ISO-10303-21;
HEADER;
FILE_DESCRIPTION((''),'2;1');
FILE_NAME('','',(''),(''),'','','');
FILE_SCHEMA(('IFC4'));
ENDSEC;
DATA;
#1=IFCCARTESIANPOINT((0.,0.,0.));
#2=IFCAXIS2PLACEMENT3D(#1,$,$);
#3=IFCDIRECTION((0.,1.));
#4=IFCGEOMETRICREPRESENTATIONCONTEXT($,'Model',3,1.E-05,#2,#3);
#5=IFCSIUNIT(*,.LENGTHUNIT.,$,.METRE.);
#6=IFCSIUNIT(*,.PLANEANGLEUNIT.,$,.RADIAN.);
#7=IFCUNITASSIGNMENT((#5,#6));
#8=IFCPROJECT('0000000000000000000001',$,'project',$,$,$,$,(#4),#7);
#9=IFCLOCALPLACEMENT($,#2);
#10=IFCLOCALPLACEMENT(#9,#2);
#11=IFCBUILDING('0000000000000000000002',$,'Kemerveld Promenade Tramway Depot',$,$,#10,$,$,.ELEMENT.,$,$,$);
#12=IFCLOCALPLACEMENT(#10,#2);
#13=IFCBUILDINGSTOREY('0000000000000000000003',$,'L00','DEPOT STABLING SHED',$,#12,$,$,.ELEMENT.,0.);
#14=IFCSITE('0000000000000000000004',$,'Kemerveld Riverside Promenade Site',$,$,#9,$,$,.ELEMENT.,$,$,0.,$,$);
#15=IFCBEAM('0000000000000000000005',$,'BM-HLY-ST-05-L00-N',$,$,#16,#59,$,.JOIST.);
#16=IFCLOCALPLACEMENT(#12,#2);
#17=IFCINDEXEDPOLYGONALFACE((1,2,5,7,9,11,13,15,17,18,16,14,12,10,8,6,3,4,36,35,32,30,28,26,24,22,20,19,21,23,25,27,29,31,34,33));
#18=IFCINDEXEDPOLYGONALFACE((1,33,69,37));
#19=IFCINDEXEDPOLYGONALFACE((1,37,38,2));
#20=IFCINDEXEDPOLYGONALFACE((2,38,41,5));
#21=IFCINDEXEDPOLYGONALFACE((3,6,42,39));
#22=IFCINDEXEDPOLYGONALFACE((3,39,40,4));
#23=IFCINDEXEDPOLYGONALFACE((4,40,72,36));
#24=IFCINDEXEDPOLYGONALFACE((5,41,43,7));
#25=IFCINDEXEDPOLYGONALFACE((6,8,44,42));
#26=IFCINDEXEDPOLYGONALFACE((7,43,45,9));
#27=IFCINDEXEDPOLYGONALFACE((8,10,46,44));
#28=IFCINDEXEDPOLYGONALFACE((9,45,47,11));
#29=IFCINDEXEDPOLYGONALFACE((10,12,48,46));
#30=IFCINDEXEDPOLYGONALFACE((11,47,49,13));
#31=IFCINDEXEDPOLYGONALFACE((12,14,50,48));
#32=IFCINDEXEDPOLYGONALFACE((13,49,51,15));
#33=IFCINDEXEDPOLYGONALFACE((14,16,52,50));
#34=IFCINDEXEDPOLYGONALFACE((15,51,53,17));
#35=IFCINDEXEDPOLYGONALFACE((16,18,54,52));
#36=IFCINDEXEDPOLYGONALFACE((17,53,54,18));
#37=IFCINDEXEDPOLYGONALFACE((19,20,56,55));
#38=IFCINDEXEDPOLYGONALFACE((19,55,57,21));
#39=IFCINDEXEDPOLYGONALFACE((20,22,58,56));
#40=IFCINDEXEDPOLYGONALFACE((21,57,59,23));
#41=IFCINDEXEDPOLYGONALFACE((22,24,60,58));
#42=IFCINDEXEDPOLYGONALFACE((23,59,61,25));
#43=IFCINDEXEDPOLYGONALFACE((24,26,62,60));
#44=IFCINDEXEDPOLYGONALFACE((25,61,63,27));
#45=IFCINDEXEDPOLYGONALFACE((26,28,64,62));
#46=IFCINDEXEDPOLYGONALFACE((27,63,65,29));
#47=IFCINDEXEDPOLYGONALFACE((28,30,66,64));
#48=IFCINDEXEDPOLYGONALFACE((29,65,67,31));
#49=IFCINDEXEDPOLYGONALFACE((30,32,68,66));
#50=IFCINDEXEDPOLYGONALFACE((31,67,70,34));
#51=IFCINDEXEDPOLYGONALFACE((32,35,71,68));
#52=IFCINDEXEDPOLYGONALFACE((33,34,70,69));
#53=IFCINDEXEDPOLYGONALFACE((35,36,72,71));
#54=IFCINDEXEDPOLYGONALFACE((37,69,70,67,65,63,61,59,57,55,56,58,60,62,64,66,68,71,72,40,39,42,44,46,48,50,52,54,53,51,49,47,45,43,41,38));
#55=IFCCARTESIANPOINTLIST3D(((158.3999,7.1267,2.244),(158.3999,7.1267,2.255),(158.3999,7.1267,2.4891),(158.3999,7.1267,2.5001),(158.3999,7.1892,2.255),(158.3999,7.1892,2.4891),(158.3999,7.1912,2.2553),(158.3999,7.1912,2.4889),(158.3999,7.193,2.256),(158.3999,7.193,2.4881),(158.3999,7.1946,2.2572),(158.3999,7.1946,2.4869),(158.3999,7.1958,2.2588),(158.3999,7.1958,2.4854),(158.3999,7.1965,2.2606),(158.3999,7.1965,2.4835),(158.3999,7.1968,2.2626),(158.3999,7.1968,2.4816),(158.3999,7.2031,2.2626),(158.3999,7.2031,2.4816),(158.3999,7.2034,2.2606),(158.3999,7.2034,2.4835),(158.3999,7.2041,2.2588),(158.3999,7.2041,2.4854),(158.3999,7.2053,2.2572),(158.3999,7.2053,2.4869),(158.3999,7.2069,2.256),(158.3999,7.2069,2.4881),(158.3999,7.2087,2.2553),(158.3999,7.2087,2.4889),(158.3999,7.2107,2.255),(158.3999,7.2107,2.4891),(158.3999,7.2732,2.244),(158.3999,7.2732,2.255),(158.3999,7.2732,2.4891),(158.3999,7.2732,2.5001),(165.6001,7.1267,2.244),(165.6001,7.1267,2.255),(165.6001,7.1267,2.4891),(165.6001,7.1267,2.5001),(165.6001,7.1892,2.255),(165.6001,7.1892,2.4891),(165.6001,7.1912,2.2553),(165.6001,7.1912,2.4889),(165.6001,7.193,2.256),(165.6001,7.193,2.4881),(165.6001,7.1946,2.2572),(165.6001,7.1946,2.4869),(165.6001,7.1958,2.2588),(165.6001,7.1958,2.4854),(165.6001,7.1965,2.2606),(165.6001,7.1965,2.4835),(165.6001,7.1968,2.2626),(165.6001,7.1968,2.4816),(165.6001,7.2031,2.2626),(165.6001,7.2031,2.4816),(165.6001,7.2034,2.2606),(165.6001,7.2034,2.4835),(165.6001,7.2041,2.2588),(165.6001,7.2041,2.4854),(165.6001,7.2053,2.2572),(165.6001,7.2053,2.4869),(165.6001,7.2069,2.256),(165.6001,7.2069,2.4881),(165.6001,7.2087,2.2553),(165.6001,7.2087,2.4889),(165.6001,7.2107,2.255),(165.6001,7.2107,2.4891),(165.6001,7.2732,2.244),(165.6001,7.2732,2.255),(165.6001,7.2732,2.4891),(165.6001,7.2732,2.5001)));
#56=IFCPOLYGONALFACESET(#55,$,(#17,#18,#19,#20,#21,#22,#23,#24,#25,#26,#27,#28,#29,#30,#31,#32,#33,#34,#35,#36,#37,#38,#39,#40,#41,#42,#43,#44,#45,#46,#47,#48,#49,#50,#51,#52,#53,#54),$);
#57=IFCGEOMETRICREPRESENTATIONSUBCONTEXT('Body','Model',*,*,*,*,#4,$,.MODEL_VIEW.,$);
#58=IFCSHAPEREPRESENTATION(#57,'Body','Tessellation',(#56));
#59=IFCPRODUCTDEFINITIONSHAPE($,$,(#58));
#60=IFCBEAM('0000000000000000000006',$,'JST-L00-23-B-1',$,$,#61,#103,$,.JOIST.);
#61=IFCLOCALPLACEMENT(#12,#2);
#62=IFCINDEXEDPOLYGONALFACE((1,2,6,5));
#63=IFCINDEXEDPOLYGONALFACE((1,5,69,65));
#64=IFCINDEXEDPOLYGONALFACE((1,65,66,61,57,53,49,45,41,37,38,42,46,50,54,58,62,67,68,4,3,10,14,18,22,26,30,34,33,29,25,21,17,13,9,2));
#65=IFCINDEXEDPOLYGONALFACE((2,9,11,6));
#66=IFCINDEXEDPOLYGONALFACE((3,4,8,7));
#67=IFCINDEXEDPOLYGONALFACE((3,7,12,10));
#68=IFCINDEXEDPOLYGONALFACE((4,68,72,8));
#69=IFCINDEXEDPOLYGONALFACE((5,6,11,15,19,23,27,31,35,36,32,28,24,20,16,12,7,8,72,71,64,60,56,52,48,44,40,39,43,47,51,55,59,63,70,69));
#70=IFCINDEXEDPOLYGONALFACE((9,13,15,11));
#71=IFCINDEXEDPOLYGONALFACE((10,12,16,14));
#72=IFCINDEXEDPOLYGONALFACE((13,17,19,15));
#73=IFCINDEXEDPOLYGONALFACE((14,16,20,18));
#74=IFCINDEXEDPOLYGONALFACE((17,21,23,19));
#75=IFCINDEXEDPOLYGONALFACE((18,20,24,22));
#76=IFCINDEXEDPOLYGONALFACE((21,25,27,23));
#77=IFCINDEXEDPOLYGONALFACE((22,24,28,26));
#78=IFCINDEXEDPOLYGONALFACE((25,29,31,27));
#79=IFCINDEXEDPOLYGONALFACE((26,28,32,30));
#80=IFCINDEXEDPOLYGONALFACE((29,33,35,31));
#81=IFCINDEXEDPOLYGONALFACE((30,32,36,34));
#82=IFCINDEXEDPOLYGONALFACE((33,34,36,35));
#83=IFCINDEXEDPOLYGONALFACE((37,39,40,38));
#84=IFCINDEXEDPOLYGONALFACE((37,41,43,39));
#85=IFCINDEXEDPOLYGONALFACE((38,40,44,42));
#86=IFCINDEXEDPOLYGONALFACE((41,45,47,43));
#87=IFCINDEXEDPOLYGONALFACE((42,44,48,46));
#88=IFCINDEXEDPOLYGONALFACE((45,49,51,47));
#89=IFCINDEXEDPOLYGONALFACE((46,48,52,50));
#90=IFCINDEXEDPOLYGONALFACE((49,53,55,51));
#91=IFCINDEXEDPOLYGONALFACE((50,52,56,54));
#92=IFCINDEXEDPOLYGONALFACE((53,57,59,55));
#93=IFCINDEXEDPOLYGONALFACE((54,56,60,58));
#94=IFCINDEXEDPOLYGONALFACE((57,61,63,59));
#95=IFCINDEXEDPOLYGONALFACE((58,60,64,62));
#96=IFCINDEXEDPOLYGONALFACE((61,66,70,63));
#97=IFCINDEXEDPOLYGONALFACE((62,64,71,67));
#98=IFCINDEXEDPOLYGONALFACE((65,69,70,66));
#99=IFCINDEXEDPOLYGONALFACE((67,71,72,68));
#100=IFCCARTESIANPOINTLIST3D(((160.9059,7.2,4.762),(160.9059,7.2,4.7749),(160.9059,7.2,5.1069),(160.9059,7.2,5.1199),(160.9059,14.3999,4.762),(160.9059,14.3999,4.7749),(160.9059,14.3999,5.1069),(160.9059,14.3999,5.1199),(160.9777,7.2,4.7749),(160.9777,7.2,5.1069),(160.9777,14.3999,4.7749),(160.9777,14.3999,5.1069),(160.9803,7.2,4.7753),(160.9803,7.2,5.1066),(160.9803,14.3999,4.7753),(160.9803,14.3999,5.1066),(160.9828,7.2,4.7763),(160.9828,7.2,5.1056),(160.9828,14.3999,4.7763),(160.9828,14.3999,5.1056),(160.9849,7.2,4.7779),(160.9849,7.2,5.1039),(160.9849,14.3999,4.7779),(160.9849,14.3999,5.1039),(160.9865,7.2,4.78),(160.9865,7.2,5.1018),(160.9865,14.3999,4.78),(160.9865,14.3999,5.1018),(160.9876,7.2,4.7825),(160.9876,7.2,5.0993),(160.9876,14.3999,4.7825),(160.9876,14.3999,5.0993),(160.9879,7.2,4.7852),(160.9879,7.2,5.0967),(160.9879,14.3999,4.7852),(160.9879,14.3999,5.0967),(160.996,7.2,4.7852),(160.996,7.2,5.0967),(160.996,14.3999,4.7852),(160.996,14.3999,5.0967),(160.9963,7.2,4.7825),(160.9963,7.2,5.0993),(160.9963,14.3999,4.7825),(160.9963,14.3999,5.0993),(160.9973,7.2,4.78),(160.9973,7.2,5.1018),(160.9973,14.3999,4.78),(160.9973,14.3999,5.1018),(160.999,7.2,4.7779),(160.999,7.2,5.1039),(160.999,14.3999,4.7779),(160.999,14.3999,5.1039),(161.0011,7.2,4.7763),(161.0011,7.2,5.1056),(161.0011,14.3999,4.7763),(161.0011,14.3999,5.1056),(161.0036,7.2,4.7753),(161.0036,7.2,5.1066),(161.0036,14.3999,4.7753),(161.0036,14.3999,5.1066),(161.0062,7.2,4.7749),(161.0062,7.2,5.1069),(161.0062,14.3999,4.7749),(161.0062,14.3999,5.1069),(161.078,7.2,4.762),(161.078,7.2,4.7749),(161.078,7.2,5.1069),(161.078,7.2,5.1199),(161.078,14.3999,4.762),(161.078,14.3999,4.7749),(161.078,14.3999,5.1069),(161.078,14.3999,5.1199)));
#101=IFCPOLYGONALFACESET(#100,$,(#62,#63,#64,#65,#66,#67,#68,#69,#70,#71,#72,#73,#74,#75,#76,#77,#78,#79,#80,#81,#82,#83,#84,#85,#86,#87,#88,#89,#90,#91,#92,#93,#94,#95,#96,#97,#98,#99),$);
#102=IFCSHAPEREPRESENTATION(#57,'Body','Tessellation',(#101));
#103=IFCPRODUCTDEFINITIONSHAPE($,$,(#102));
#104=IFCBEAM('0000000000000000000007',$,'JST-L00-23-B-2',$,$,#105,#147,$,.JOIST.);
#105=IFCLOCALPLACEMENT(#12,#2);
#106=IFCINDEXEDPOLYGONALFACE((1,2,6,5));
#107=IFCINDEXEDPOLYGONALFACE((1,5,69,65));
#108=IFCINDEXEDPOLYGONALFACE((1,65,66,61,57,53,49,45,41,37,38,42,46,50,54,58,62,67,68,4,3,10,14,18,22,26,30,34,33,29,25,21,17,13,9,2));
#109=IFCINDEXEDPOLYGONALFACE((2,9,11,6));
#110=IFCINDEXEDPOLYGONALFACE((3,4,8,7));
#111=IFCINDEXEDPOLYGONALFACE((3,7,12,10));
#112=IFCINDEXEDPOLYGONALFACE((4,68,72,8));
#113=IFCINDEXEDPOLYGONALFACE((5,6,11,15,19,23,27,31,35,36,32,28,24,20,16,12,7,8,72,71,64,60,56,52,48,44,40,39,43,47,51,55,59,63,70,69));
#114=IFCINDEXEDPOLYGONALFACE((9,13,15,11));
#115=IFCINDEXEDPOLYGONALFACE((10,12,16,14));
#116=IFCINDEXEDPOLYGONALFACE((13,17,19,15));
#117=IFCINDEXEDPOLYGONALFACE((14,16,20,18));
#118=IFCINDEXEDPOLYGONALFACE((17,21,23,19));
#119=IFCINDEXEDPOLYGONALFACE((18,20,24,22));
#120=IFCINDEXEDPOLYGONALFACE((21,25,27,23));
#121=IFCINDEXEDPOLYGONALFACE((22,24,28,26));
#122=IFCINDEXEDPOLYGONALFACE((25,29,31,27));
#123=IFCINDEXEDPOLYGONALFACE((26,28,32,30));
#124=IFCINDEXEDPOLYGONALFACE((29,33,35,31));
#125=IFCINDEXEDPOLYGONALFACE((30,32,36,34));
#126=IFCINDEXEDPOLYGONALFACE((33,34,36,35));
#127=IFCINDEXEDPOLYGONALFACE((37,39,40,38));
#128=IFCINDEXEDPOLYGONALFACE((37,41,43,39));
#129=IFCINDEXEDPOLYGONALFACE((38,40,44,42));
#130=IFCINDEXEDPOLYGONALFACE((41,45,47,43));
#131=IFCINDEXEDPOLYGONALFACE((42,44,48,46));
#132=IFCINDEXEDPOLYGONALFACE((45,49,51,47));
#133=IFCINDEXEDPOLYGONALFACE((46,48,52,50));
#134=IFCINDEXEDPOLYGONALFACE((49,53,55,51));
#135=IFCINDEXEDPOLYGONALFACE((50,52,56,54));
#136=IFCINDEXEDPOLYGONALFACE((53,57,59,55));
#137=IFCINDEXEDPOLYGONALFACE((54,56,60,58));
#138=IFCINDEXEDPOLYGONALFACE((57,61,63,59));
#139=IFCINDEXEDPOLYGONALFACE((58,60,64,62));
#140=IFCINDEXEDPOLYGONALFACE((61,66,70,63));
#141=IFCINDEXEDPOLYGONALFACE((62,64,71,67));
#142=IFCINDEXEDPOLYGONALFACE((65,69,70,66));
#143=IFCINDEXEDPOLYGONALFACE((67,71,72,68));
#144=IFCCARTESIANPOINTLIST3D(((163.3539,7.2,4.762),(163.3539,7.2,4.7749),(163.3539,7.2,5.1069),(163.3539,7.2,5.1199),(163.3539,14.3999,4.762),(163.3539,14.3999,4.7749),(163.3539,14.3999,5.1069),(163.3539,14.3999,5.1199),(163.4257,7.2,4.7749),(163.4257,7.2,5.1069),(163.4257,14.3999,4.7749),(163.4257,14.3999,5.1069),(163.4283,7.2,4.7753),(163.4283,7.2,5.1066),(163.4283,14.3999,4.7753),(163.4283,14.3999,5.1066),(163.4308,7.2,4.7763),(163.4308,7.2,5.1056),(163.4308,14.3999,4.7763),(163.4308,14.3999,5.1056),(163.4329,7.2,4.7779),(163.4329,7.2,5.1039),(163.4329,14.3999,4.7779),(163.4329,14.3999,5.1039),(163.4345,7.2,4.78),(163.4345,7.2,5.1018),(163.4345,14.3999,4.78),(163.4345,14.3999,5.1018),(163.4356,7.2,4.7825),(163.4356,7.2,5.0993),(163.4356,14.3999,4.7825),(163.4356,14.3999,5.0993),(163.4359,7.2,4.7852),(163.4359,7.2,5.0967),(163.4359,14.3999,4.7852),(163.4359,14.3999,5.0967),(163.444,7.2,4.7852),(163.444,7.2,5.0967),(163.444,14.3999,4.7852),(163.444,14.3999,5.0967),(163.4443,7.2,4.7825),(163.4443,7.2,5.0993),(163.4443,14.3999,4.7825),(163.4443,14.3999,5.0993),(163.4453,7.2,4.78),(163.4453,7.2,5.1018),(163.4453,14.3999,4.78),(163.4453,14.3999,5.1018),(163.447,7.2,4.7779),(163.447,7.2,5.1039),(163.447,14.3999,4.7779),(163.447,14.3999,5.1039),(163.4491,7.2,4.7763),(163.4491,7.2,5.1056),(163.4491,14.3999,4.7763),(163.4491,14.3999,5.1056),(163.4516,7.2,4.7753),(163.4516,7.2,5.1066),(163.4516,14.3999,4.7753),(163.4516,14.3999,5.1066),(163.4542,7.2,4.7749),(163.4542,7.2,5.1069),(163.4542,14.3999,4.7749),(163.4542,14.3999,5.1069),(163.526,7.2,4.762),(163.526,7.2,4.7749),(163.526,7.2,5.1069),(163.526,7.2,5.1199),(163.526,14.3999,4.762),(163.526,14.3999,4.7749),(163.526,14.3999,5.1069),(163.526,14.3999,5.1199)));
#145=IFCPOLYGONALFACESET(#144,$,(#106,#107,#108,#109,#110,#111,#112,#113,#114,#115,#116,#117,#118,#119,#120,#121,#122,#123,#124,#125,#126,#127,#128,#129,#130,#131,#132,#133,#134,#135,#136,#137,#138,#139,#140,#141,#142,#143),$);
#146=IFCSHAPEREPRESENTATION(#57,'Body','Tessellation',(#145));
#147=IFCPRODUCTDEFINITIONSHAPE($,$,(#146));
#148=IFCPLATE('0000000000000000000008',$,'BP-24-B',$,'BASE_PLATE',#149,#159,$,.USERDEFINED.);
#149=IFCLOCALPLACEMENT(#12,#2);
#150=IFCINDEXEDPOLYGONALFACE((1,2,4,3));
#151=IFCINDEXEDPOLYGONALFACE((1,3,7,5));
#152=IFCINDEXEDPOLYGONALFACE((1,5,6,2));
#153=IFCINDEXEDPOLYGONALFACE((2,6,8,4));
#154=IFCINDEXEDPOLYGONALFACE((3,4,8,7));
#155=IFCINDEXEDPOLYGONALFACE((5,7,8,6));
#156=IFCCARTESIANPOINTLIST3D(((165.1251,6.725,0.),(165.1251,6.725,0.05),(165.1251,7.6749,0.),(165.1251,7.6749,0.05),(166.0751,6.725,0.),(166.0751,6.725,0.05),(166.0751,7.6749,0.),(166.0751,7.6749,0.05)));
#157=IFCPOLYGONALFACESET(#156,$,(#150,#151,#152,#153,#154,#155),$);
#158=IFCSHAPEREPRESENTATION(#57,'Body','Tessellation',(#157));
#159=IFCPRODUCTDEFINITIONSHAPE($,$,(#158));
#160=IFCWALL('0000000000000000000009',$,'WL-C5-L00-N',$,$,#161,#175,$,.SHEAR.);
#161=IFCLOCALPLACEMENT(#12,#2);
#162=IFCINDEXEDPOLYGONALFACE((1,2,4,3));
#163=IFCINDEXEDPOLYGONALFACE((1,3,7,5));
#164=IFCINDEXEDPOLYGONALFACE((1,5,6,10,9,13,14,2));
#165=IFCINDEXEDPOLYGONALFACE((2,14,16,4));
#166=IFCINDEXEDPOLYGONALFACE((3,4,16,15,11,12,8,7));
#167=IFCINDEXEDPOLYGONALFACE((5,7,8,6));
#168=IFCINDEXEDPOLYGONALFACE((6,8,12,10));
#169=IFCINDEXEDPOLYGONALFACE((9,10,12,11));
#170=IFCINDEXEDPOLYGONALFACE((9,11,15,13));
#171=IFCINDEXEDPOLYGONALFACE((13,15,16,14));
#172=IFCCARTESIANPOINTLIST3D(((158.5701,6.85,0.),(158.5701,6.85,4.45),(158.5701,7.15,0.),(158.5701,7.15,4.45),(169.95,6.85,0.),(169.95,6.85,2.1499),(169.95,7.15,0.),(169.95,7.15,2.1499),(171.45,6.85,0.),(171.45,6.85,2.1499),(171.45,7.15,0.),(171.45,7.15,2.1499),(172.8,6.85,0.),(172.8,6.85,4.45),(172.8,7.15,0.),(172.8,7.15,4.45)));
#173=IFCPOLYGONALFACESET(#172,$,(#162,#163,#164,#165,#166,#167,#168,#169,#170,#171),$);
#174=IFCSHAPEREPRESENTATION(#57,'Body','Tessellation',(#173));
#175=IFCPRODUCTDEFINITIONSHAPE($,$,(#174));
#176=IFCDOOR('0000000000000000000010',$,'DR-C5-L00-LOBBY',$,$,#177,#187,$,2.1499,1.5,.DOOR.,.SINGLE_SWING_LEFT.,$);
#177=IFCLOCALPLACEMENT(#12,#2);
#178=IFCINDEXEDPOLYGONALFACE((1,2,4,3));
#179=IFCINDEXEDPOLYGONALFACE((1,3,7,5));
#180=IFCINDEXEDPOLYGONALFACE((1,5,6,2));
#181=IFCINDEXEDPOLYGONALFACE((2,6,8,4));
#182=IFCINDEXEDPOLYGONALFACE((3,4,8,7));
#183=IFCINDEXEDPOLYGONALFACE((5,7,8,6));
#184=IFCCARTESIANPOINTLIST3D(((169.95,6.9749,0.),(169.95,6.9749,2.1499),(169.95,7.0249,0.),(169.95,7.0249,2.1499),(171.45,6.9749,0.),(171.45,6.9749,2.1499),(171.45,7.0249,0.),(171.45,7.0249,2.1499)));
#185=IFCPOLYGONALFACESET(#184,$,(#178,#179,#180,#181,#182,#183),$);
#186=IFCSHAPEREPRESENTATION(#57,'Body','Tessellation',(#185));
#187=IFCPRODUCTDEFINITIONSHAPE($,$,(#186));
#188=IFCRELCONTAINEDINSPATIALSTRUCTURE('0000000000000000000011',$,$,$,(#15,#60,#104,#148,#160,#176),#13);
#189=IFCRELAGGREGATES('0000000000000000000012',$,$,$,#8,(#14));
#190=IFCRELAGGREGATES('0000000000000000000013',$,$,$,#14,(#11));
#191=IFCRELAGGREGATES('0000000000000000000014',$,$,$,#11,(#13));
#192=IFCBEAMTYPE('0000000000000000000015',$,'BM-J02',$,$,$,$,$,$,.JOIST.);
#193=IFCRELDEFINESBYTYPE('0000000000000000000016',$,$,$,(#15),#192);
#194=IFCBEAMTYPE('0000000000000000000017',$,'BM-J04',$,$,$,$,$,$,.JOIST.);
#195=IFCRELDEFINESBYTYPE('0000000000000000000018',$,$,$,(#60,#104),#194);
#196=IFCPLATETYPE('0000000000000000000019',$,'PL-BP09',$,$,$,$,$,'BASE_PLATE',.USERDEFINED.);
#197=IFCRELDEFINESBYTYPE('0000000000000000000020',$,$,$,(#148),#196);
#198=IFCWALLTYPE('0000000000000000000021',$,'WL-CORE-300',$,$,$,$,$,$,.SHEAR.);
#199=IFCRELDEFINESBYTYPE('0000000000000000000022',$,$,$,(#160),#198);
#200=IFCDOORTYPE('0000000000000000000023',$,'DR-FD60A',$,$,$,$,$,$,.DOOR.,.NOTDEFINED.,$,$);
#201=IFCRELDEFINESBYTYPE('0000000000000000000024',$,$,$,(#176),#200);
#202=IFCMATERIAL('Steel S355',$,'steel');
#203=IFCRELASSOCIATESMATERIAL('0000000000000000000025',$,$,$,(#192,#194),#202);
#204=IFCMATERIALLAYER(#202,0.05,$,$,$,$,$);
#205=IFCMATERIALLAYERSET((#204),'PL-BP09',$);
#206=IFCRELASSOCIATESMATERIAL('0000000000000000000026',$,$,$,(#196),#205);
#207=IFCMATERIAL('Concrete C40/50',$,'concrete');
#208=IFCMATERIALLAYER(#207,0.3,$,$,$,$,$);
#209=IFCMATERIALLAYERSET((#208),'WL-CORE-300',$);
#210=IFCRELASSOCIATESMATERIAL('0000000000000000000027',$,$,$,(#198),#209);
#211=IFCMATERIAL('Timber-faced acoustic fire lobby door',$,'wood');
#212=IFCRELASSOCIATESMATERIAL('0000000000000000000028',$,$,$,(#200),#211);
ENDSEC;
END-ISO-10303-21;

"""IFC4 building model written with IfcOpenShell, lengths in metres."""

from ifc_helpers import new_model, si_unit, direction, frame, frame_2d, origin, origin_2d, place, context, subcontext, project, spatial, rectangle, i_section, extrude, material, layer, layer_set, material_profile, profile_set, type_object, element, fill, save


model = new_model("IFC4")

# Units and contexts
model_context = context("Model", 3, precision=1e-05, world=origin(), true_north=direction((0.0, 1.0)))
body_context = subcontext(model_context, "Body", "Model", "MODEL_VIEW")
ifc_project = project(units=[si_unit("LENGTHUNIT", "METRE"), si_unit("PLANEANGLEUNIT", "RADIAN")], contexts=[model_context])

# Site, building, storey
site_placement = place(None, origin())
site = spatial("IfcSite", under=ifc_project, at=site_placement, Name="Kemerveld Riverside Promenade Site", CompositionType="ELEMENT", RefElevation=0.0)
building_placement = place(site_placement, origin())
building = spatial("IfcBuilding", under=site, at=building_placement, Name="Kemerveld Promenade Tramway Depot", CompositionType="ELEMENT")
storey_placement = place(building_placement, origin())
storey = spatial("IfcBuildingStorey", under=building, at=storey_placement, Name="L00", Description="DEPOT STABLING SHED", CompositionType="ELEMENT", Elevation=0.0)

# Shared definitions
ifc_material_1 = material(Name="Steel S355", Category="steel")

# Beams
ifc_material_profile_1 = material_profile(ifc_material_1, i_section(OverallWidth=0.1465, OverallDepth=0.2561, WebThickness=0.0063, FlangeThickness=0.011, FilletRadius=0.0076, at=origin_2d()), Name="254x146x37 UB")
ifc_profile_set_1 = profile_set([ifc_material_profile_1], Name="Steel S355")
beam_type_1 = type_object("IfcBeamType", Name="BM-J02", PredefinedType="JOIST", material=ifc_profile_set_1)
beam_1_placement = place(storey_placement, frame((158.3999, 7.2, 2.3721), z_axis=(1.0, 0.0, 0.0), x_axis=(0.0, 1.0, 0.0)))
element("IfcBeam", 1, at=beam_1_placement, inside=storey, type_object=beam_type_1, Name="BM-HLY-ST-05-L00-N", PredefinedType="JOIST", context=body_context, shape_type="SweptSolid", body=[
    extrude(i_section(OverallWidth=0.1465, OverallDepth=0.2561, WebThickness=0.0063, FlangeThickness=0.011, FilletRadius=0.0076, at=origin_2d()), origin(), (0.0, 0.0, 1.0), 7.2002),
])
ifc_material_profile_2 = material_profile(ifc_material_1, i_section(OverallWidth=0.1721, OverallDepth=0.3579, WebThickness=0.0081, FlangeThickness=0.0129, FilletRadius=0.0103, at=origin_2d()), Name="356x171x57 UB")
ifc_profile_set_2 = profile_set([ifc_material_profile_2], Name="Steel S355")
beam_type_2 = type_object("IfcBeamType", Name="BM-J04", PredefinedType="JOIST", material=ifc_profile_set_2)
for number, where, z_axis, x_axis, name in (
    (2, (160.9919, 7.2, 4.9409), (0.0, 1.0, 0.0), (-1.0, 0.0, 0.0), "JST-L00-23-B-1"),
    (3, (163.4399, 7.2, 4.9409), (0.0, 1.0, 0.0), (-1.0, 0.0, 0.0), "JST-L00-23-B-2"),
):
    element("IfcBeam", number, at=place(storey_placement, frame(where, z_axis=z_axis, x_axis=x_axis)), inside=storey, type_object=beam_type_2, Name=name, PredefinedType="JOIST", context=body_context, shape_type="SweptSolid", body=[
        extrude(i_section(OverallWidth=0.1721, OverallDepth=0.3579, WebThickness=0.0081, FlangeThickness=0.0129, FilletRadius=0.0103, at=origin_2d()), origin(), (0.0, 0.0, 1.0), 7.2),
    ])

# Plate
ifc_layer_1 = layer(ifc_material_1, 0.05)
ifc_layer_set_1 = layer_set([ifc_layer_1], Name="PL-BP09")
plate_type = type_object("IfcPlateType", Name="PL-BP09", ElementType="BASE_PLATE", PredefinedType="USERDEFINED", material=ifc_layer_set_1)
plate_placement = place(storey_placement, frame((165.6001, 7.2, 0.0), z_axis=(0.0, 0.0, 1.0), x_axis=(1.0, 0.0, 0.0)))
element("IfcPlate", 4, at=plate_placement, inside=storey, type_object=plate_type, Name="BP-24-B", ObjectType="BASE_PLATE", PredefinedType="USERDEFINED", context=body_context, shape_type="SweptSolid", body=[
    extrude(rectangle(XDim=0.95, YDim=0.95, at=origin_2d()), origin(), (0.0, 0.0, 1.0), 0.05),
])

# Wall, opening, door
ifc_material_2 = material(Name="Concrete C40/50", Category="concrete")
ifc_layer_2 = layer(ifc_material_2, 0.3)
ifc_layer_set_2 = layer_set([ifc_layer_2], Name="WL-CORE-300")
wall_type_1 = type_object("IfcWallType", Name="WL-CORE-300", PredefinedType="SHEAR", material=ifc_layer_set_2)
wall_1_placement = place(storey_placement, frame((158.5701, 7.0, 0.0), z_axis=(0.0, 0.0, 1.0), x_axis=(1.0, 0.0, 0.0)))
wall_1 = element("IfcWall", 5, at=wall_1_placement, inside=storey, type_object=wall_type_1, Name="WL-C5-L00-N", PredefinedType="SHEAR", context=body_context, shape_type="SweptSolid", body=[
    extrude(rectangle(XDim=14.23, YDim=0.3, at=frame_2d((7.115, 0.0))), origin(), (0.0, 0.0, 1.0), 4.45),
])
opening_1_placement = place(wall_1_placement, frame((11.3799, 0.0, 0.0)))
opening_1 = element("IfcOpeningElement", 6, at=opening_1_placement, cuts=wall_1, PredefinedType="OPENING", context=body_context, shape_type="SweptSolid", body=[
    extrude(rectangle(XDim=1.5, YDim=2.1499, at=frame_2d((0.75, 1.075))), frame((0.0, 0.1599, 0.0), z_axis=(0.0, -1.0, 0.0), x_axis=(1.0, 0.0, 0.0)), (0.0, 0.0, 1.0), 0.3201),
])
ifc_material_3 = material(Name="Timber-faced acoustic fire lobby door", Category="wood")
door_type_1 = type_object("IfcDoorType", Name="DR-FD60A", OperationType="NOTDEFINED", PredefinedType="DOOR", material=ifc_material_3)
door_1_placement = place(opening_1_placement, origin())
door_1 = element("IfcDoor", 7, at=door_1_placement, inside=storey, type_object=door_type_1, Name="DR-C5-L00-LOBBY", OperationType="SINGLE_SWING_LEFT", OverallHeight=2.1499, OverallWidth=1.5, PredefinedType="DOOR", context=body_context, shape_type="SweptSolid", body=[
    extrude(rectangle(XDim=1.5, YDim=2.1499, at=frame_2d((0.75, 1.075))), frame((0.0, 0.0249, 0.0), z_axis=(0.0, -1.0, 0.0), x_axis=(1.0, 0.0, 0.0)), (0.0, 0.0, 1.0), 0.05),
])
fill(opening_1, door_1)

save(model, "model.ifc")
